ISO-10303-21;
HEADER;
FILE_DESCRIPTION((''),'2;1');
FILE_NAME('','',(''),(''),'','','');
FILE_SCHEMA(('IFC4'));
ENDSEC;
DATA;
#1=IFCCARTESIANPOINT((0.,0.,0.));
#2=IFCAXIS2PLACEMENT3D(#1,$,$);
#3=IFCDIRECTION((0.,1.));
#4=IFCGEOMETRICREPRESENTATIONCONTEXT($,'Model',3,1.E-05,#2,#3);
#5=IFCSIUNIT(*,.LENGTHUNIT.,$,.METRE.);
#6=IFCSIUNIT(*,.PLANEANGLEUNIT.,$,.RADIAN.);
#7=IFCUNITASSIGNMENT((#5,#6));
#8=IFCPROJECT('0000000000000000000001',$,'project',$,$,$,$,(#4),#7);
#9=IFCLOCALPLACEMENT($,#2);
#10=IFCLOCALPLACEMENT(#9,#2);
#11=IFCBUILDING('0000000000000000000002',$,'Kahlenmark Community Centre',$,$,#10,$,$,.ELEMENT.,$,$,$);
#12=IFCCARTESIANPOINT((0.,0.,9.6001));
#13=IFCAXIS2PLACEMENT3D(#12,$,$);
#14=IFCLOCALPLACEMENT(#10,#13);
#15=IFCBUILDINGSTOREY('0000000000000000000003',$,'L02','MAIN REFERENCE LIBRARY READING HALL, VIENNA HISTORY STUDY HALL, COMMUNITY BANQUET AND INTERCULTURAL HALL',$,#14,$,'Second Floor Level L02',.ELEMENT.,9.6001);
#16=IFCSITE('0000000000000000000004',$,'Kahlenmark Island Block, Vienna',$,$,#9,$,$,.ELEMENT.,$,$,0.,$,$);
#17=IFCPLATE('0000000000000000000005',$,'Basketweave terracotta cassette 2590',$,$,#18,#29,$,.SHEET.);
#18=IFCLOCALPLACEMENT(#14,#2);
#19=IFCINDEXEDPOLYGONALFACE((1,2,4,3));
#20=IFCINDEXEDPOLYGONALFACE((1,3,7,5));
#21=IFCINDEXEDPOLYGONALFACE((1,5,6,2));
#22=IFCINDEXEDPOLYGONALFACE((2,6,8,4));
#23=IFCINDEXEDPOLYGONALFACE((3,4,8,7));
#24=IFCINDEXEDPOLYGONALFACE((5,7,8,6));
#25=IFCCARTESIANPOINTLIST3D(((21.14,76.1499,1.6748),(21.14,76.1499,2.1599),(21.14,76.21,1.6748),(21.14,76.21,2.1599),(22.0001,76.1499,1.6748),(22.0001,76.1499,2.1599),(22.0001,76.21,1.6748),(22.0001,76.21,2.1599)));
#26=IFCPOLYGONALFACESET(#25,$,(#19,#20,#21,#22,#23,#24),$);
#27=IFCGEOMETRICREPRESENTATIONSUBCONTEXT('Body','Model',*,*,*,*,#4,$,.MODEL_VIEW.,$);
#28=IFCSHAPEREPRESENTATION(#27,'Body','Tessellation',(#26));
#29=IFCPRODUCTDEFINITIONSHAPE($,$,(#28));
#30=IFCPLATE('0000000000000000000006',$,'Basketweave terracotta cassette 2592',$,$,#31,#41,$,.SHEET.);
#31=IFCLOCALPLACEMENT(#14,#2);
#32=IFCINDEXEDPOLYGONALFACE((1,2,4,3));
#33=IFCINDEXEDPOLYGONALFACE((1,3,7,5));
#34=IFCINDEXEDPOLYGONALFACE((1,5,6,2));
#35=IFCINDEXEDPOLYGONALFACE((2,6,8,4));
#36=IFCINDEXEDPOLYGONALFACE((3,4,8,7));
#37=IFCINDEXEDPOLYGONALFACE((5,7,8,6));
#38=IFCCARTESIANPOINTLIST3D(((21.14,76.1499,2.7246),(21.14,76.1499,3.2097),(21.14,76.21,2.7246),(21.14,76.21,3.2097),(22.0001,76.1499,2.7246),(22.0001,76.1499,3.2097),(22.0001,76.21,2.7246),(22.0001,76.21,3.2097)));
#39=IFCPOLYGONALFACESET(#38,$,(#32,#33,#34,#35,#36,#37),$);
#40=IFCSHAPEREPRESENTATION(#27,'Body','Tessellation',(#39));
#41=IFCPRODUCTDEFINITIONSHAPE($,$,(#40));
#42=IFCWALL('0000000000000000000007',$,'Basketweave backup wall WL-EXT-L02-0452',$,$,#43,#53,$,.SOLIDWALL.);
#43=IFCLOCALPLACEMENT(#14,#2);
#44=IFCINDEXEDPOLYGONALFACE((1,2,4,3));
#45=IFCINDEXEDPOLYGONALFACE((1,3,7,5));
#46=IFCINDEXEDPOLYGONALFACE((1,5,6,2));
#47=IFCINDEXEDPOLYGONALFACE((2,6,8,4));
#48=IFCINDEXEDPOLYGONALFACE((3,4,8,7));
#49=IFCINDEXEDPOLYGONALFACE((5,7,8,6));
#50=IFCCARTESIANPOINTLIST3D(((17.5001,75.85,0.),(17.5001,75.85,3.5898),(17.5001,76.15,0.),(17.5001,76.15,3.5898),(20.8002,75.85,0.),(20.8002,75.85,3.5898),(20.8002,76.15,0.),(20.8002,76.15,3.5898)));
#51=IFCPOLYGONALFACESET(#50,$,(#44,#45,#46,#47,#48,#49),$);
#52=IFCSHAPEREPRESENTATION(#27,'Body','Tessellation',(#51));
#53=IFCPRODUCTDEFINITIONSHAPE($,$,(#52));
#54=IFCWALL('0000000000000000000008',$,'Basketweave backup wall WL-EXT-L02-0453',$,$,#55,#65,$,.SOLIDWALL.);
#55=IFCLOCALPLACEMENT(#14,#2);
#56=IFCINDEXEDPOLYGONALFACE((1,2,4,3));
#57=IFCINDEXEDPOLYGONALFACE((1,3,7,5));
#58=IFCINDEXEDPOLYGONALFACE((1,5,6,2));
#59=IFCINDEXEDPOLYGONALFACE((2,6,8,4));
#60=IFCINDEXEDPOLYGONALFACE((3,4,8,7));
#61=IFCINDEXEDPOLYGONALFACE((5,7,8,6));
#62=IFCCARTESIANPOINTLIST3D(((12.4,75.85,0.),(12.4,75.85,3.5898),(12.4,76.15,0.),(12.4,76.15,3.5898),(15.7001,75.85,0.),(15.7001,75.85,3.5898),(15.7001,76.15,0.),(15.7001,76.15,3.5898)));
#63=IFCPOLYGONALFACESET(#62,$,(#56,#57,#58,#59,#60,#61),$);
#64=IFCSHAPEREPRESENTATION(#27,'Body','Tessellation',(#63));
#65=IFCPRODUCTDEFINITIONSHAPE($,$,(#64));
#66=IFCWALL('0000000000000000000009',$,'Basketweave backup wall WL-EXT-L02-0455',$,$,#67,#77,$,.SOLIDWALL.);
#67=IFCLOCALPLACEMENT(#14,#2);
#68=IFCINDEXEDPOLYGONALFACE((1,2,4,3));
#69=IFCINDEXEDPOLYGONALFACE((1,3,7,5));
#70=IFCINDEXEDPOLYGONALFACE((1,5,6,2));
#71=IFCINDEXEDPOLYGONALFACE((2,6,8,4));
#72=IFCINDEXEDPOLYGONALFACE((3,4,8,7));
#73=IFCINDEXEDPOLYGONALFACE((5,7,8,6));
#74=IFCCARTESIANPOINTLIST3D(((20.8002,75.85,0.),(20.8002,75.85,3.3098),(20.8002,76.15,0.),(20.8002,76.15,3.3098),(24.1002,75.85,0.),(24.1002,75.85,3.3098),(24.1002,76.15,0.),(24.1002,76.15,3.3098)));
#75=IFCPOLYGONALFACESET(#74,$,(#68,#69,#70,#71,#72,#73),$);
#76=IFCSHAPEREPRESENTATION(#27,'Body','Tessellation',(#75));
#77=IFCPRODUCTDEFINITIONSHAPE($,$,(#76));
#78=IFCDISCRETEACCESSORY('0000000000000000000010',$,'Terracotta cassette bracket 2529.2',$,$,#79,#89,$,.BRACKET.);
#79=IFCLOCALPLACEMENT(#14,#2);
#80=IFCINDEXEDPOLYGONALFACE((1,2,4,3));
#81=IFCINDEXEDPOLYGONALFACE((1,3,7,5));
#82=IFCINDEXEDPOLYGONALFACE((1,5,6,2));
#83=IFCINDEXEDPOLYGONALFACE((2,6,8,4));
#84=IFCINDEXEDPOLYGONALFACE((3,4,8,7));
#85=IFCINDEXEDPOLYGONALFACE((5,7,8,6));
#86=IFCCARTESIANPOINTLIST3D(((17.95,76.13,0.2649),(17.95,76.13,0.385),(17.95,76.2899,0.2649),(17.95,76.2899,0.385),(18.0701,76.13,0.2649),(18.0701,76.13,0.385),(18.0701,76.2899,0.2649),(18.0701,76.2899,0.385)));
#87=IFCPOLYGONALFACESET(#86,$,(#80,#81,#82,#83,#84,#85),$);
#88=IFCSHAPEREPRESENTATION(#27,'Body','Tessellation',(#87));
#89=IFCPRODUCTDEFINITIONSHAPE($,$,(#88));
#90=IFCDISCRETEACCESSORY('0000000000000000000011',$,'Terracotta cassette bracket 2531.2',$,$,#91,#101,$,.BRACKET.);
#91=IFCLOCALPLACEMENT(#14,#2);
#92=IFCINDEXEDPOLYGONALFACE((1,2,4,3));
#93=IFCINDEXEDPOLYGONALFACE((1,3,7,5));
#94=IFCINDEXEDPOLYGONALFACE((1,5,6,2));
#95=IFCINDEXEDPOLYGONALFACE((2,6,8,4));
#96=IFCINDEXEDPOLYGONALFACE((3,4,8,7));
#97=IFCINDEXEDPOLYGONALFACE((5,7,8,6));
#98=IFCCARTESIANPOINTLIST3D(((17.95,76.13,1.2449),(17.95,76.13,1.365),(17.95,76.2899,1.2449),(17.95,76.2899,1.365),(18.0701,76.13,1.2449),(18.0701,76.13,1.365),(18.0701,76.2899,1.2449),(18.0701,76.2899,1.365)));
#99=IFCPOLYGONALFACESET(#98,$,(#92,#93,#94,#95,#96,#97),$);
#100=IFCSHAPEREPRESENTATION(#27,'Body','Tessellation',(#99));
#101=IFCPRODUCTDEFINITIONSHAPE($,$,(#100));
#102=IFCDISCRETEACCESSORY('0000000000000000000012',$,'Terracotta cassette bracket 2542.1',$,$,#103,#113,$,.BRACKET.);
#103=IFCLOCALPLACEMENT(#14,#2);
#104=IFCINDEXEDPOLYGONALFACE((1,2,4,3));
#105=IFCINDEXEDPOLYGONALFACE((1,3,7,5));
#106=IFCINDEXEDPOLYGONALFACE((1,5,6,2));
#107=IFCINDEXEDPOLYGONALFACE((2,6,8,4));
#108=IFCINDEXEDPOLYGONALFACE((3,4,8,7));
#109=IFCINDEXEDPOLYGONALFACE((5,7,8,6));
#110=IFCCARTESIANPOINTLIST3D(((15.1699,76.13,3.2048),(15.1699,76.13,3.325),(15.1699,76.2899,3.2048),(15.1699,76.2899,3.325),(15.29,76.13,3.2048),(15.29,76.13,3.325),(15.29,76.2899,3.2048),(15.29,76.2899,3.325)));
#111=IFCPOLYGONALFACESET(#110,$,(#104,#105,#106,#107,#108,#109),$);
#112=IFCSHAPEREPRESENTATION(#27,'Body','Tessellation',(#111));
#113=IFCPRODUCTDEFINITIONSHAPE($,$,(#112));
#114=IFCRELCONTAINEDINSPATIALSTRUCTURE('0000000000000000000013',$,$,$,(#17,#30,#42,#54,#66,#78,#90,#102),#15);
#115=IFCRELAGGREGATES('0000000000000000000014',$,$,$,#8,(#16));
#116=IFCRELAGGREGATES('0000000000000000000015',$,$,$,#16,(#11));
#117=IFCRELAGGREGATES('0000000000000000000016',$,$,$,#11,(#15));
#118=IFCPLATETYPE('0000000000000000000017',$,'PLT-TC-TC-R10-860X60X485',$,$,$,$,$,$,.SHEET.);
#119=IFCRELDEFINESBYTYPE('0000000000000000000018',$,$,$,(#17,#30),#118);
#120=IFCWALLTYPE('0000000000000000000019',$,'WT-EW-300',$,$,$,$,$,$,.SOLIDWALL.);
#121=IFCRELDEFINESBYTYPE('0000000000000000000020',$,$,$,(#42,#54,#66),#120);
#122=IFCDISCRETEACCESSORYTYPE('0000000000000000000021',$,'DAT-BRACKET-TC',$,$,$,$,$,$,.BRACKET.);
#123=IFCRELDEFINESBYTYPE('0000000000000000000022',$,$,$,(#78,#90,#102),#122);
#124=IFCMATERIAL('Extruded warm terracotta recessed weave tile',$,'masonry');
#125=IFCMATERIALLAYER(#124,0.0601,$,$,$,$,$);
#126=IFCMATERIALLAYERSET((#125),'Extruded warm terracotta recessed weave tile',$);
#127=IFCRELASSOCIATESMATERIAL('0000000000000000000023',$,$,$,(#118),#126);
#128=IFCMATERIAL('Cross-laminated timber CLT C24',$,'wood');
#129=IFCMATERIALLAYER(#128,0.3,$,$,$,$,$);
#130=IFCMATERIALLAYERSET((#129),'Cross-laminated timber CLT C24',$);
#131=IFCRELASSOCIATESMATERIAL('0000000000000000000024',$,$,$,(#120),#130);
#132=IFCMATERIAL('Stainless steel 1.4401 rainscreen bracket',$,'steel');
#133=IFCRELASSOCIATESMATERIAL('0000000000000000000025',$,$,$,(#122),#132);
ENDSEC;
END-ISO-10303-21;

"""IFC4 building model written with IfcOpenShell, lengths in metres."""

from ifc_helpers import new_model, si_unit, direction, frame, frame_2d, origin, origin_2d, place, context, subcontext, project, spatial, rectangle, extrude, material, layer, layer_set, type_object, element, save


model = new_model("IFC4")

# Units and contexts
model_context = context("Model", 3, precision=1e-05, world=origin(), true_north=direction((0.0, 1.0)))
body_context = subcontext(model_context, "Body", "Model", "MODEL_VIEW")
ifc_project = project(units=[si_unit("LENGTHUNIT", "METRE"), si_unit("PLANEANGLEUNIT", "RADIAN")], contexts=[model_context])

# Site, building, storey
site_placement = place(None, origin())
site = spatial("IfcSite", under=ifc_project, at=site_placement, Name="Kahlenmark Island Block, Vienna", CompositionType="ELEMENT", RefElevation=0.0)
building_placement = place(site_placement, origin())
building = spatial("IfcBuilding", under=site, at=building_placement, Name="Kahlenmark Community Centre", CompositionType="ELEMENT")
storey_placement = place(building_placement, frame((0.0, 0.0, 9.6001)))
storey = spatial("IfcBuildingStorey", under=building, at=storey_placement, Name="L02", Description="MAIN REFERENCE LIBRARY READING HALL, VIENNA HISTORY STUDY HALL, COMMUNITY BANQUET AND INTERCULTURAL HALL", LongName="Second Floor Level L02", CompositionType="ELEMENT", Elevation=9.6001)

# Plates
ifc_material_1 = material(Name="Extruded warm terracotta recessed weave tile", Category="masonry")
ifc_layer_1 = layer(ifc_material_1, 0.0601)
ifc_layer_set_1 = layer_set([ifc_layer_1], Name="Extruded warm terracotta recessed weave tile")
plate_type_1 = type_object("IfcPlateType", Name="PLT-TC-TC-R10-860X60X485", PredefinedType="SHEET", material=ifc_layer_set_1)
for number, where, z_axis, x_axis, name in (
    (1, (21.5701, 76.1799, 1.6748), (0.0, 0.0, 1.0), (-1.0, 0.0, 0.0), "Basketweave terracotta cassette 2590"),
    (2, (21.5701, 76.1799, 2.7246), (0.0, 0.0, 1.0), (-1.0, 0.0, 0.0), "Basketweave terracotta cassette 2592"),
):
    element("IfcPlate", number, at=place(storey_placement, frame(where, z_axis=z_axis, x_axis=x_axis)), inside=storey, type_object=plate_type_1, Name=name, PredefinedType="SHEET", context=body_context, shape_type="SweptSolid", body=[
        extrude(rectangle(XDim=0.8601, YDim=0.0601, at=origin_2d()), origin(), (0.0, 0.0, 1.0), 0.4851),
    ])

# Walls
ifc_material_2 = material(Name="Cross-laminated timber CLT C24", Category="wood")
ifc_layer_2 = layer(ifc_material_2, 0.3)
ifc_layer_set_2 = layer_set([ifc_layer_2], Name="Cross-laminated timber CLT C24")
wall_type = type_object("IfcWallType", Name="WT-EW-300", PredefinedType="SOLIDWALL", material=ifc_layer_set_2)
for number, where, z_axis, x_axis, name in (
    (3, (20.8, 76.0, 0.0), (0.0, 0.0, 1.0), (-1.0, 0.0, 0.0), "Basketweave backup wall WL-EXT-L02-0452"),
    (4, (15.7, 76.0, 0.0), (0.0, 0.0, 1.0), (-1.0, 0.0, 0.0), "Basketweave backup wall WL-EXT-L02-0453"),
):
    element("IfcWall", number, at=place(storey_placement, frame(where, z_axis=z_axis, x_axis=x_axis)), inside=storey, type_object=wall_type, Name=name, PredefinedType="SOLIDWALL", context=body_context, shape_type="SweptSolid", body=[
        extrude(rectangle(XDim=3.3, YDim=0.3, at=frame_2d((1.6499, 0.0))), origin(), (0.0, 0.0, 1.0), 3.5898),
    ])
wall_placement = place(storey_placement, frame((24.1001, 76.0, 0.0), z_axis=(0.0, 0.0, 1.0), x_axis=(-1.0, 0.0, 0.0)))
element("IfcWall", 5, at=wall_placement, inside=storey, type_object=wall_type, Name="Basketweave backup wall WL-EXT-L02-0455", PredefinedType="SOLIDWALL", context=body_context, shape_type="SweptSolid", body=[
    extrude(rectangle(XDim=3.3, YDim=0.3, at=frame_2d((1.6499, 0.0))), origin(), (0.0, 0.0, 1.0), 3.3098),
])

# Discrete accessories
ifc_material_3 = material(Name="Stainless steel 1.4401 rainscreen bracket", Category="steel")
discrete_accessory_type = type_object("IfcDiscreteAccessoryType", Name="DAT-BRACKET-TC", PredefinedType="BRACKET", material=ifc_material_3)
for number, where, z_axis, x_axis, name in (
    (6, (18.01, 76.21, 0.2649), (0.0, 0.0, 1.0), (-1.0, 0.0, 0.0), "Terracotta cassette bracket 2529.2"),
    (7, (18.01, 76.21, 1.2449), (0.0, 0.0, 1.0), (-1.0, 0.0, 0.0), "Terracotta cassette bracket 2531.2"),
    (8, (15.23, 76.21, 3.2048), (0.0, 0.0, 1.0), (-1.0, 0.0, 0.0), "Terracotta cassette bracket 2542.1"),
):
    element("IfcDiscreteAccessory", number, at=place(storey_placement, frame(where, z_axis=z_axis, x_axis=x_axis)), inside=storey, type_object=discrete_accessory_type, Name=name, PredefinedType="BRACKET", context=body_context, shape_type="SweptSolid", body=[
        extrude(rectangle(XDim=0.1201, YDim=0.1599, at=origin_2d()), origin(), (0.0, 0.0, 1.0), 0.1201),
    ])

save(model, "model.ifc")
